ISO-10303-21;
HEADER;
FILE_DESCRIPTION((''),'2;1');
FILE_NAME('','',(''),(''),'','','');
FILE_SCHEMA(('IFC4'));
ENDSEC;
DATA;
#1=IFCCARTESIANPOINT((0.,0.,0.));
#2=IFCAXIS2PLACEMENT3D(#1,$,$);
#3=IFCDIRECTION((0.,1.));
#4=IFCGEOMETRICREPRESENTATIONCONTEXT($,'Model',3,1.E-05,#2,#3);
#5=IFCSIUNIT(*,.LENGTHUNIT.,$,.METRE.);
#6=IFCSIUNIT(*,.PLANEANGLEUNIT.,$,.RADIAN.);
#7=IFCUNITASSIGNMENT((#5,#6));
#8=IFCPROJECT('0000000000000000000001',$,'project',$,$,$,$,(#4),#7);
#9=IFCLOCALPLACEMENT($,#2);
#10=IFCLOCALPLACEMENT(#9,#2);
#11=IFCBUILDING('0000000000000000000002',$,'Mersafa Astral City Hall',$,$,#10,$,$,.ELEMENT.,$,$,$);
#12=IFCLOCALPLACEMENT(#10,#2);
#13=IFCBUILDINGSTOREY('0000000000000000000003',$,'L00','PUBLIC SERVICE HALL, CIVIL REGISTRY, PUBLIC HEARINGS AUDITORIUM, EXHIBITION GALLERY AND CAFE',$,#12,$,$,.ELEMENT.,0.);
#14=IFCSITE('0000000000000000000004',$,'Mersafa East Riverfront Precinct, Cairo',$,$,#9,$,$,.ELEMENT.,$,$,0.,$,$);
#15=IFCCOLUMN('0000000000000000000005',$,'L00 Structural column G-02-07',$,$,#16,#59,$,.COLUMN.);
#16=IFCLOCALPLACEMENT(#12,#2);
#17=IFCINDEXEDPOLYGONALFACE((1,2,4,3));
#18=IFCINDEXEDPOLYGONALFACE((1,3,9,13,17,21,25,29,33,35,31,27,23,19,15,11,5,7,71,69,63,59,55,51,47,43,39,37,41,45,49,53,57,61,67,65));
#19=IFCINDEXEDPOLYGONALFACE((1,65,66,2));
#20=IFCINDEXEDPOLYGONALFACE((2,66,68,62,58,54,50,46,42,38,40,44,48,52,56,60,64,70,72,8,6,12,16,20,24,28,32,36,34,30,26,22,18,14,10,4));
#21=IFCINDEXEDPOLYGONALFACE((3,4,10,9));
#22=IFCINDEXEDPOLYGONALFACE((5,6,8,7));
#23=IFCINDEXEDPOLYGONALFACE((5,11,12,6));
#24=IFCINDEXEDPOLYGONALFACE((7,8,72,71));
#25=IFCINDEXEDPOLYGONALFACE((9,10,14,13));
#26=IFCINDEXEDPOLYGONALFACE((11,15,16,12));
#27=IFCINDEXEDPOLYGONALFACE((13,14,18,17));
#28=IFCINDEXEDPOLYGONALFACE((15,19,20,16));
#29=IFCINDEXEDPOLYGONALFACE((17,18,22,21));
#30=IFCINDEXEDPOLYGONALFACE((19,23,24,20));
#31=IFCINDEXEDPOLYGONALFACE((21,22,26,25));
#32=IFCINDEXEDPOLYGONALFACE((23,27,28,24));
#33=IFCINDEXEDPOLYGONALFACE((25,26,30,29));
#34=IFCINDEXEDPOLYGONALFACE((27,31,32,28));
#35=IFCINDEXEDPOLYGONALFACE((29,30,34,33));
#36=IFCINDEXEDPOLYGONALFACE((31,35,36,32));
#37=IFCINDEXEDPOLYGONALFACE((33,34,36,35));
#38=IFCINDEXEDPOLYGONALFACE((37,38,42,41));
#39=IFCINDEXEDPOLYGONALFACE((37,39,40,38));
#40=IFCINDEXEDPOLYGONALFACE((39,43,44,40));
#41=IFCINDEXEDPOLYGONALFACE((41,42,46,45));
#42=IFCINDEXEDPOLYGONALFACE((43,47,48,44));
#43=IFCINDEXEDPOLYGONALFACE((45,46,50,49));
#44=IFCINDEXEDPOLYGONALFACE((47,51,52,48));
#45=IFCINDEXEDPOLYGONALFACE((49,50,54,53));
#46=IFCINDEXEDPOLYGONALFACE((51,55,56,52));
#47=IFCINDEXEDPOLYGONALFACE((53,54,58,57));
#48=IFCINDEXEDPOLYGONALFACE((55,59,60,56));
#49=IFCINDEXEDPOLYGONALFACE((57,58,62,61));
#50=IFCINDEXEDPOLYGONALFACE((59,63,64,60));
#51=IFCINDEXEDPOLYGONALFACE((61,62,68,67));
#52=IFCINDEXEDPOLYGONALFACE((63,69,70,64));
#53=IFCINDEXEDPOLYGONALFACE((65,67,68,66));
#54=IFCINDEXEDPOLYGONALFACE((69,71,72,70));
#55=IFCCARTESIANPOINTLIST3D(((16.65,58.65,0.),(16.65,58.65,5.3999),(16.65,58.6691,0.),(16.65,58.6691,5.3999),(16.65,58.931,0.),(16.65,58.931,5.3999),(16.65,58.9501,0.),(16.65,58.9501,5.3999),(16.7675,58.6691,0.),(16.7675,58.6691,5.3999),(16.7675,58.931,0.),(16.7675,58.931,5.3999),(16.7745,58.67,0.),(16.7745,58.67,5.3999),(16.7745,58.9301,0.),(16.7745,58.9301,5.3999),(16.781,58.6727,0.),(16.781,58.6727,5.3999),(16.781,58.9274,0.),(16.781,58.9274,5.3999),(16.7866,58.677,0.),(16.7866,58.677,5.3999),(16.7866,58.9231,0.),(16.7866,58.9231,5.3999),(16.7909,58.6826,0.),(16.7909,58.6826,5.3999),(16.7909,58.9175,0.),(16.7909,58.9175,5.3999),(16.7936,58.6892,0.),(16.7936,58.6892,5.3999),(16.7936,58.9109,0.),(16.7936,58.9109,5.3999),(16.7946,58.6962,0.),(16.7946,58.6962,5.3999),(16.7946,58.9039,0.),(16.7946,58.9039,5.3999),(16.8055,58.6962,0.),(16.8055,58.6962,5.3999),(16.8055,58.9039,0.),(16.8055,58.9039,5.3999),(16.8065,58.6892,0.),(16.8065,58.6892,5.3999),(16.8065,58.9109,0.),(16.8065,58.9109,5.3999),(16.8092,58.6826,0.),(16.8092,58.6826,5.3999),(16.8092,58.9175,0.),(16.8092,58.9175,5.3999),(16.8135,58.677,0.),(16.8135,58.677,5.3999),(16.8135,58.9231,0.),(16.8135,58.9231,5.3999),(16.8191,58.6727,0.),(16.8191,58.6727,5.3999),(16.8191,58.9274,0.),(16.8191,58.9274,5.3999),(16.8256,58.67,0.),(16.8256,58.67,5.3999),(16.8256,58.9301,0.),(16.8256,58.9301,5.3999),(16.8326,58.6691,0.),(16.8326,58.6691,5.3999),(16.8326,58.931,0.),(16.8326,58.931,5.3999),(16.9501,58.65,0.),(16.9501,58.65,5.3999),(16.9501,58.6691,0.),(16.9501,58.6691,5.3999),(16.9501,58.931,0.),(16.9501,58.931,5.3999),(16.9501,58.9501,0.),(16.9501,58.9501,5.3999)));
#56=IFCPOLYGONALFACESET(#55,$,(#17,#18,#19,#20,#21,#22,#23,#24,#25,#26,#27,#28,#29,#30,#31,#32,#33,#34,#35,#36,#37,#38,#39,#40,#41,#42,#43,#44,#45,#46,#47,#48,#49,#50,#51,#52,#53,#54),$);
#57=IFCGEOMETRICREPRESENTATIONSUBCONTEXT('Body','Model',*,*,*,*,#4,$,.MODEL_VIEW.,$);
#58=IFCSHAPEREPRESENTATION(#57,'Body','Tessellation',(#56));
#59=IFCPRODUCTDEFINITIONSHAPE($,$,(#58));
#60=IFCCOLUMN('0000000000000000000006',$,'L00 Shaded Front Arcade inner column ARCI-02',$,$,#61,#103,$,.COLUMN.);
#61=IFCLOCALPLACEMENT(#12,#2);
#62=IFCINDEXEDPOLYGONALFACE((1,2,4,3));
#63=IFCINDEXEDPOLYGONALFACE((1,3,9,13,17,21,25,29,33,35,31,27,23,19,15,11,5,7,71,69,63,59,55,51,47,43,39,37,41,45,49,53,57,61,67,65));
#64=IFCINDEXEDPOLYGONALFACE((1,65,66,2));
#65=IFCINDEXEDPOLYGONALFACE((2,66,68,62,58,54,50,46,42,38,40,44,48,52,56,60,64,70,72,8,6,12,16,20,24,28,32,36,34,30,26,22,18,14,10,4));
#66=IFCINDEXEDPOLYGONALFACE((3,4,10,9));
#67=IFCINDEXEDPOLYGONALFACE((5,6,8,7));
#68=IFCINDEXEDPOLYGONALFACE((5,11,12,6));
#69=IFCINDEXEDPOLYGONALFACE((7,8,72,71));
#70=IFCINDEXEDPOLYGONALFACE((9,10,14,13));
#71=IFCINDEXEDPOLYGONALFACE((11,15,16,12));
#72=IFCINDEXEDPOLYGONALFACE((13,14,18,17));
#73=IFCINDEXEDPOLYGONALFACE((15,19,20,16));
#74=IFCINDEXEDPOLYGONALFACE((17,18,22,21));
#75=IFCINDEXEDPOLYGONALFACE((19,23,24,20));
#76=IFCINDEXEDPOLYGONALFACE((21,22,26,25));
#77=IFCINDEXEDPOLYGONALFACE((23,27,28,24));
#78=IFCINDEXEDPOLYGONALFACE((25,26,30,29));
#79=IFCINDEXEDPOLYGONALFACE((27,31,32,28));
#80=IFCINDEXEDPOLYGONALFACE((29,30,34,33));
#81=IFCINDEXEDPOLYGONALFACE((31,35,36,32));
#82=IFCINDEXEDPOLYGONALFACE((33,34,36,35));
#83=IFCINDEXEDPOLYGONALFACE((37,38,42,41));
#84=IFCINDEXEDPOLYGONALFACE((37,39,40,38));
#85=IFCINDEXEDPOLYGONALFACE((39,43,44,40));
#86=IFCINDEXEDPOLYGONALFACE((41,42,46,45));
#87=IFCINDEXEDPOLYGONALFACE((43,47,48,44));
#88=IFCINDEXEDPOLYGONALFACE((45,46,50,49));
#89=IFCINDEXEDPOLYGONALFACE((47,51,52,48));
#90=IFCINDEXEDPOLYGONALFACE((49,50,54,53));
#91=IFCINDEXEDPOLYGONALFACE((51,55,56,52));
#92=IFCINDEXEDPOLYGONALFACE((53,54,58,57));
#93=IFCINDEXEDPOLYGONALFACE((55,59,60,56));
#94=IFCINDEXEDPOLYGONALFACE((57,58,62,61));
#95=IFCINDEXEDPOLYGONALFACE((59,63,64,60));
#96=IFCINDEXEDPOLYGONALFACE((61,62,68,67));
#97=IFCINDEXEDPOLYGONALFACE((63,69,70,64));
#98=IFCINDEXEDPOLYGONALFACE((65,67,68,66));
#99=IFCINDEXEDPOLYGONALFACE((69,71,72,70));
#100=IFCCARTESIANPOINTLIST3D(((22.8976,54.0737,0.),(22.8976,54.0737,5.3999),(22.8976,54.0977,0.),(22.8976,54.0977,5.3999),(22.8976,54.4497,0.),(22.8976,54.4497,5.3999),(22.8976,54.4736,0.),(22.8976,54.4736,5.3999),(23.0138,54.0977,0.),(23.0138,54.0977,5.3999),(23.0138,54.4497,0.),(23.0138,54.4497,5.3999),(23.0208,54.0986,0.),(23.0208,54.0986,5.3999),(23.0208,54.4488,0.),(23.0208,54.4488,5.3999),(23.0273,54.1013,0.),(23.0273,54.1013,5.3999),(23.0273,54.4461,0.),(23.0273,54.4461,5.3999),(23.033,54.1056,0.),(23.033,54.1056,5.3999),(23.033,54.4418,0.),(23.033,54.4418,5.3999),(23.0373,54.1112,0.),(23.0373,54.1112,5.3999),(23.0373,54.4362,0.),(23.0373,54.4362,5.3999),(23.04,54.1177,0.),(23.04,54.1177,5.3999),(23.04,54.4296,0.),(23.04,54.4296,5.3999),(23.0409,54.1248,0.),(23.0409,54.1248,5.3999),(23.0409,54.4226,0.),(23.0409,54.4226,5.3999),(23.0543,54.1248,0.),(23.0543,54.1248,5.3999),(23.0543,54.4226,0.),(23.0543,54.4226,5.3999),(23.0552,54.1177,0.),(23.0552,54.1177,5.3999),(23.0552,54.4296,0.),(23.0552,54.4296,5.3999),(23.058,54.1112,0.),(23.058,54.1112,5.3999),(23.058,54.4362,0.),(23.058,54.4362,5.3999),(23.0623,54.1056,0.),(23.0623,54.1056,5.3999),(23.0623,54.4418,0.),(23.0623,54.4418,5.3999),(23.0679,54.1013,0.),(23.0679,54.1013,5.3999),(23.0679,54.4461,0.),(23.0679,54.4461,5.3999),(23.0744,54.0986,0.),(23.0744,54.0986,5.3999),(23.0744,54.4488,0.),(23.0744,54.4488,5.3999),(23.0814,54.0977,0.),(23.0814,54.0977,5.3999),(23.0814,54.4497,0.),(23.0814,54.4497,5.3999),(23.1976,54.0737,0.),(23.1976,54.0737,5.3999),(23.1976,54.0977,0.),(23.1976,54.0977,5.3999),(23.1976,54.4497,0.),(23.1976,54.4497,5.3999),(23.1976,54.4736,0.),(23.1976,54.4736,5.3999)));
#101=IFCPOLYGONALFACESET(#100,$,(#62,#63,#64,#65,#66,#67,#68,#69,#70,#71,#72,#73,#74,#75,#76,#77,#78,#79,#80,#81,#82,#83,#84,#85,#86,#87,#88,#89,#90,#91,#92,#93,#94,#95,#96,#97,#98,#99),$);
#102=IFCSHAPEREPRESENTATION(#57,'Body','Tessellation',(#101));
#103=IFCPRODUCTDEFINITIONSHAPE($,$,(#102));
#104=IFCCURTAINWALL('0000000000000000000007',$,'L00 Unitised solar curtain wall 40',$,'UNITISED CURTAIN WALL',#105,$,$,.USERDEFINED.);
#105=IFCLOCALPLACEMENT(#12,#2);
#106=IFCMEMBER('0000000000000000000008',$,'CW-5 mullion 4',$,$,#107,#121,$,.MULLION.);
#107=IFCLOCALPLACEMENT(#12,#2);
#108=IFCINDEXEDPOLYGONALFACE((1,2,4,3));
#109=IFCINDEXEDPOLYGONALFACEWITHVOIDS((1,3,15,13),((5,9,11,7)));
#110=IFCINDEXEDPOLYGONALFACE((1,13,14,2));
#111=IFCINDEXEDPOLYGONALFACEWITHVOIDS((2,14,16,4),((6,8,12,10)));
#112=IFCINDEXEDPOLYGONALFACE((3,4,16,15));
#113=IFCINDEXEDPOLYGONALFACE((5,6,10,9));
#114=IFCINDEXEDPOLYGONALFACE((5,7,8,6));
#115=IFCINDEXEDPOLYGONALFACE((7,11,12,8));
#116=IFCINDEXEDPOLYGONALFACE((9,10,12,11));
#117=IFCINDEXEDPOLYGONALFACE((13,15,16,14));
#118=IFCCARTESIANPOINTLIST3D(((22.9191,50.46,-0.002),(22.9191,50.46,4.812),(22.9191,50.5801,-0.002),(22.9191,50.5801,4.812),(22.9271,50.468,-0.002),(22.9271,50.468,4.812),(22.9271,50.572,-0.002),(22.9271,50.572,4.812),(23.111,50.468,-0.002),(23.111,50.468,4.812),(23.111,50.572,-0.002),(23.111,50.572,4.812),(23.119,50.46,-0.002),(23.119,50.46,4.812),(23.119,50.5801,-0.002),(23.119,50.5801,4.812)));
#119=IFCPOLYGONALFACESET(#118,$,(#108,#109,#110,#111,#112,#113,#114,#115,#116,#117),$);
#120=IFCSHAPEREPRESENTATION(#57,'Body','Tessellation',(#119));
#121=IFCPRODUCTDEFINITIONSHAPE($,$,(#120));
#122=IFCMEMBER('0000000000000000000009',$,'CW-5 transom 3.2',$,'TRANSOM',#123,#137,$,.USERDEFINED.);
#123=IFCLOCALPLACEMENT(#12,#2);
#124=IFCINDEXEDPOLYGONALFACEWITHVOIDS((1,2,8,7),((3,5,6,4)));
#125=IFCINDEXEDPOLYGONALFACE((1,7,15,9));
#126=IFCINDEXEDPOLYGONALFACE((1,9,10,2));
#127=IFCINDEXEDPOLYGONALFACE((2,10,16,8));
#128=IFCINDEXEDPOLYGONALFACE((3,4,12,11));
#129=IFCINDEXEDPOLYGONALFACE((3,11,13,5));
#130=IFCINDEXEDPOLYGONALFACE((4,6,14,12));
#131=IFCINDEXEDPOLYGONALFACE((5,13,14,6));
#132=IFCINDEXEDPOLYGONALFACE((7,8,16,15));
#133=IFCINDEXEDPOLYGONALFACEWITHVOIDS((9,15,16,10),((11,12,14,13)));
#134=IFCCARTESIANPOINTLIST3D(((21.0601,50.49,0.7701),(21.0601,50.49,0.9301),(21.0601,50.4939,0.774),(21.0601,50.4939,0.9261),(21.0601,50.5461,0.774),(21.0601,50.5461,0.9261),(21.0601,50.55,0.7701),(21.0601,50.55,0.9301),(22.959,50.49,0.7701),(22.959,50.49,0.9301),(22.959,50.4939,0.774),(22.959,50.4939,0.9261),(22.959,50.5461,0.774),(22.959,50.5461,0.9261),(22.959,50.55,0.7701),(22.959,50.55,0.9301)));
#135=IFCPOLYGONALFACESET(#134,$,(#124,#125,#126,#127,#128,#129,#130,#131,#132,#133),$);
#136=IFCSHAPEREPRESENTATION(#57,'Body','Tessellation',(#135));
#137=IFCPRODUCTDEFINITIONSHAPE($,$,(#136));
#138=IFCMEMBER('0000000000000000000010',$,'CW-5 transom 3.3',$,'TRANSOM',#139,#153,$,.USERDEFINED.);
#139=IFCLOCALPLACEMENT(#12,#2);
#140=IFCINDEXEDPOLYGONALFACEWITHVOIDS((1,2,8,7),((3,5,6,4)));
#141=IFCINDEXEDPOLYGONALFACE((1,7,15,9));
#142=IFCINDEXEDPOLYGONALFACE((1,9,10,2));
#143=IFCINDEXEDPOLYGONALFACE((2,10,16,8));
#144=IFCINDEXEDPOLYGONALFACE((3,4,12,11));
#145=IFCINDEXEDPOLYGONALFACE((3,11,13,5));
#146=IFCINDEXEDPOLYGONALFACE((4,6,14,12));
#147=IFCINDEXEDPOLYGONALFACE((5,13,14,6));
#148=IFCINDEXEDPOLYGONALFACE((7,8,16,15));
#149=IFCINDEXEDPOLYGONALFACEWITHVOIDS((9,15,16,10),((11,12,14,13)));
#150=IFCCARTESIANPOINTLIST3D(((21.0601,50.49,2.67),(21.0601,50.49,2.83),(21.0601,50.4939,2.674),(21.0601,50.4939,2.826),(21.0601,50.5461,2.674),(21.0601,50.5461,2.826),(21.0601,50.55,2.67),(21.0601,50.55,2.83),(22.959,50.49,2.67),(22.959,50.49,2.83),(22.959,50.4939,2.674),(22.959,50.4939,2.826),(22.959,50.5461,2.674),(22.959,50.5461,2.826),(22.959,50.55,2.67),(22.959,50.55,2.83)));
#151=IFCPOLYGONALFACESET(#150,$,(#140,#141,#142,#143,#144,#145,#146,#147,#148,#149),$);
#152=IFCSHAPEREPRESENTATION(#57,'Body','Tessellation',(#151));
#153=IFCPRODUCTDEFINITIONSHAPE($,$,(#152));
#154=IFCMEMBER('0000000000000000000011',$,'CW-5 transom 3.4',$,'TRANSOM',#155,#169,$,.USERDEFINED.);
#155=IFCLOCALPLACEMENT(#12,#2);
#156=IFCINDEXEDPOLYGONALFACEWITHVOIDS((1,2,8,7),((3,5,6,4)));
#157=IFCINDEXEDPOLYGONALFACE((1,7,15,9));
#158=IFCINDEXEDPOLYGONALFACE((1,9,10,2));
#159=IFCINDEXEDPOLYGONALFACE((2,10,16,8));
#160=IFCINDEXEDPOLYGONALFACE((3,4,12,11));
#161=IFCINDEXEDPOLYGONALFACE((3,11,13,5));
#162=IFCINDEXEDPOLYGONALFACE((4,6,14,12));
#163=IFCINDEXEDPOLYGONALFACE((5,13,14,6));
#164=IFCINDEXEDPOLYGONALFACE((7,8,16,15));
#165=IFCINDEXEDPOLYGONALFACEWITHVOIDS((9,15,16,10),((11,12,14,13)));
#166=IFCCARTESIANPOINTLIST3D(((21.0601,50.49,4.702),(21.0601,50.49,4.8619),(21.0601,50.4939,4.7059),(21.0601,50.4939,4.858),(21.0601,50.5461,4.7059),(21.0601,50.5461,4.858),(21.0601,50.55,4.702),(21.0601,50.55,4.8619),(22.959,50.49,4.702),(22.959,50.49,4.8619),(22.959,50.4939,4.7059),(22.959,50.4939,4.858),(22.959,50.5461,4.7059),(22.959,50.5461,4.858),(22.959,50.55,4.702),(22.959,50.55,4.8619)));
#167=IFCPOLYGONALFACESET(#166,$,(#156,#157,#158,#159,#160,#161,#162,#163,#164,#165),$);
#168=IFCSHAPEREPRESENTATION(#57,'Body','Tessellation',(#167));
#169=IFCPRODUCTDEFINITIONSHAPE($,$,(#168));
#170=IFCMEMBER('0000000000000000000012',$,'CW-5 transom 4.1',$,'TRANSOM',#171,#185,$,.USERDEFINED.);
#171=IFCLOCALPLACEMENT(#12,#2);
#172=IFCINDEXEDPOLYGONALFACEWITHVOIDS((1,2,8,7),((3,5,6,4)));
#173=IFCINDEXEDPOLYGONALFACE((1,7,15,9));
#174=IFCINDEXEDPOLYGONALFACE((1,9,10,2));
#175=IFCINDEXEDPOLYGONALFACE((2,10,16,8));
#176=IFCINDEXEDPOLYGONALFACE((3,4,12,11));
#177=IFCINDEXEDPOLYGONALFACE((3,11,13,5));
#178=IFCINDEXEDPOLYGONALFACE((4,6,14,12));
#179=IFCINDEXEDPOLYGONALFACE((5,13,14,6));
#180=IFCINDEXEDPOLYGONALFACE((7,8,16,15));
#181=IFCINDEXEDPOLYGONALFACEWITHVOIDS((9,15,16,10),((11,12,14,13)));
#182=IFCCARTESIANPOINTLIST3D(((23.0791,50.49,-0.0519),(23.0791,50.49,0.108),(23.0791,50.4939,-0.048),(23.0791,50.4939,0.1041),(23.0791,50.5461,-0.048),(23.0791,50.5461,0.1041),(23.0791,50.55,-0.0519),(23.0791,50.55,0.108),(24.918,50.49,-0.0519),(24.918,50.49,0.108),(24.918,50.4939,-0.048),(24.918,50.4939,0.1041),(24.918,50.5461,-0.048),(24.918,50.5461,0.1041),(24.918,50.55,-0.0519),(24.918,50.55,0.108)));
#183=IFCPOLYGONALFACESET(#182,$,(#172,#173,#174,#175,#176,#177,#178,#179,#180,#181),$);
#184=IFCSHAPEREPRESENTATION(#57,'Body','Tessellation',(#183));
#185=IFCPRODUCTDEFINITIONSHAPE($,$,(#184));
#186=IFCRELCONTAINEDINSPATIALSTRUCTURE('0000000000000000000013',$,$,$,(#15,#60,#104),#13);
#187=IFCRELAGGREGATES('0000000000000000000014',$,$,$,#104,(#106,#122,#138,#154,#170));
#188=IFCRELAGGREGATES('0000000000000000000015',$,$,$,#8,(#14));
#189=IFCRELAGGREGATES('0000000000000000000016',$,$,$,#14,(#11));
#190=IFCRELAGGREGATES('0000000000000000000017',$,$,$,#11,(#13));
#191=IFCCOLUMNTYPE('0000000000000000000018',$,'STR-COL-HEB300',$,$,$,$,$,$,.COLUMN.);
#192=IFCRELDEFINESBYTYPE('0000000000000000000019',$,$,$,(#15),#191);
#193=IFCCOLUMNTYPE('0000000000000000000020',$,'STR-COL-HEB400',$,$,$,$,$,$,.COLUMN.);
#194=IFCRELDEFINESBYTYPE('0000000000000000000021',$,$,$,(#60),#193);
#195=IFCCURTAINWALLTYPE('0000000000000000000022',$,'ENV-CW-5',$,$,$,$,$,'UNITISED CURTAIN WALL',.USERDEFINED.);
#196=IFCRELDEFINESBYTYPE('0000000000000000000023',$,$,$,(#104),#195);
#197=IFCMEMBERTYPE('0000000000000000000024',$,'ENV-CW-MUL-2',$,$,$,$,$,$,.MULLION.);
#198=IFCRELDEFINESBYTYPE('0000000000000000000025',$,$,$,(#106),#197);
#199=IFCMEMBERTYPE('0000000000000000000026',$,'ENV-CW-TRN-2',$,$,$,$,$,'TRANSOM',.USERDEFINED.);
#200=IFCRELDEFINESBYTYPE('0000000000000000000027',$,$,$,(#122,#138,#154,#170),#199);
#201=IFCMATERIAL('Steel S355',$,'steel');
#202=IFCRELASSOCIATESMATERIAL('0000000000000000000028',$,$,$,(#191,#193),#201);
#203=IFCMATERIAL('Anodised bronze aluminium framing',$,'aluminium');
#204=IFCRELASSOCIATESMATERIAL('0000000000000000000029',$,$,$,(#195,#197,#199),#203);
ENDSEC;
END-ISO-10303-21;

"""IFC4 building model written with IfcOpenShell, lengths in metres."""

from ifc_helpers import new_model, si_unit, direction, frame, origin, origin_2d, place, context, subcontext, project, spatial, hollow_rectangle, i_section, extrude, material, material_profile, profile_set, type_object, element, aggregate, save


model = new_model("IFC4")

# Units and contexts
model_context = context("Model", 3, precision=1e-05, world=origin(), true_north=direction((0.0, 1.0)))
body_context = subcontext(model_context, "Body", "Model", "MODEL_VIEW")
ifc_project = project(units=[si_unit("LENGTHUNIT", "METRE"), si_unit("PLANEANGLEUNIT", "RADIAN")], contexts=[model_context])

# Site, building, storey
site_placement = place(None, origin())
site = spatial("IfcSite", under=ifc_project, at=site_placement, Name="Mersafa East Riverfront Precinct, Cairo", CompositionType="ELEMENT", RefElevation=0.0)
building_placement = place(site_placement, origin())
building = spatial("IfcBuilding", under=site, at=building_placement, Name="Mersafa Astral City Hall", CompositionType="ELEMENT")
storey_placement = place(building_placement, origin())
storey = spatial("IfcBuildingStorey", under=building, at=storey_placement, Name="L00", Description="PUBLIC SERVICE HALL, CIVIL REGISTRY, PUBLIC HEARINGS AUDITORIUM, EXHIBITION GALLERY AND CAFE", CompositionType="ELEMENT", Elevation=0.0)

# Columns
ifc_material_1 = material(Name="Steel S355", Category="steel")
ifc_material_profile_1 = material_profile(ifc_material_1, i_section(OverallWidth=0.3, OverallDepth=0.3, WebThickness=0.011, FlangeThickness=0.019, FilletRadius=0.0271, at=origin_2d()), Name="HEB 300")
ifc_profile_set_1 = profile_set([ifc_material_profile_1], Name="Steel S355")
column_type_1 = type_object("IfcColumnType", Name="STR-COL-HEB300", PredefinedType="COLUMN", material=ifc_profile_set_1)
column_1_placement = place(storey_placement, frame((16.8, 58.8, 0.0), z_axis=(0.0, 0.0, 1.0), x_axis=(1.0, 0.0, 0.0)))
element("IfcColumn", 1, at=column_1_placement, inside=storey, type_object=column_type_1, Name="L00 Structural column G-02-07", PredefinedType="COLUMN", context=body_context, shape_type="SweptSolid", body=[
    extrude(i_section(OverallWidth=0.3, OverallDepth=0.3, WebThickness=0.011, FlangeThickness=0.019, FilletRadius=0.0271, at=origin_2d()), origin(), (0.0, 0.0, 1.0), 5.3999),
])
ifc_material_profile_2 = material_profile(ifc_material_1, i_section(OverallWidth=0.3, OverallDepth=0.3999, WebThickness=0.0134, FlangeThickness=0.0239, FilletRadius=0.0271, at=origin_2d()), Name="HEB 400")
ifc_profile_set_2 = profile_set([ifc_material_profile_2], Name="Steel S355")
column_type_2 = type_object("IfcColumnType", Name="STR-COL-HEB400", PredefinedType="COLUMN", material=ifc_profile_set_2)
column_2_placement = place(storey_placement, frame((23.0476, 54.2737, 0.0), z_axis=(0.0, 0.0, 1.0), x_axis=(1.0, 0.0, 0.0)))
element("IfcColumn", 2, at=column_2_placement, inside=storey, type_object=column_type_2, Name="L00 Shaded Front Arcade inner column ARCI-02", PredefinedType="COLUMN", context=body_context, shape_type="SweptSolid", body=[
    extrude(i_section(OverallWidth=0.3, OverallDepth=0.3999, WebThickness=0.0134, FlangeThickness=0.0239, FilletRadius=0.0271, at=origin_2d()), origin(), (0.0, 0.0, 1.0), 5.3999),
])

# Curtain wall, members
ifc_material_2 = material(Name="Anodised bronze aluminium framing", Category="aluminium")
curtain_wall_type = type_object("IfcCurtainWallType", Name="ENV-CW-5", ElementType="UNITISED CURTAIN WALL", PredefinedType="USERDEFINED", material=ifc_material_2)
curtain_wall_placement = place(storey_placement, origin())
curtain_wall = element("IfcCurtainWall", 3, at=curtain_wall_placement, inside=storey, type_object=curtain_wall_type, Name="L00 Unitised solar curtain wall 40", ObjectType="UNITISED CURTAIN WALL", PredefinedType="USERDEFINED")
ifc_material_profile_3 = material_profile(ifc_material_2, hollow_rectangle(XDim=0.1201, YDim=0.2, WallThickness=0.0081, at=origin_2d()), Name="RHS 120x200x8")
ifc_profile_set_3 = profile_set([ifc_material_profile_3], Name="Anodised bronze aluminium framing")
member_type_1 = type_object("IfcMemberType", Name="ENV-CW-MUL-2", PredefinedType="MULLION", material=ifc_profile_set_3)
member_1_placement = place(storey_placement, frame((23.019, 50.52, -0.002), z_axis=(0.0, 0.0, 1.0), x_axis=(0.0, 1.0, 0.0)))
member_1 = element("IfcMember", 4, at=member_1_placement, type_object=member_type_1, Name="CW-5 mullion 4", PredefinedType="MULLION", context=body_context, shape_type="SweptSolid", body=[
    extrude(hollow_rectangle(XDim=0.1201, YDim=0.2, WallThickness=0.0081, at=origin_2d()), origin(), (0.0, 0.0, 1.0), 4.814),
])
ifc_material_profile_4 = material_profile(ifc_material_2, hollow_rectangle(XDim=0.0601, YDim=0.1599, WallThickness=0.0039, at=origin_2d()), Name="RHS 60x160x4")
ifc_profile_set_4 = profile_set([ifc_material_profile_4], Name="Anodised bronze aluminium framing")
member_type_2 = type_object("IfcMemberType", Name="ENV-CW-TRN-2", ElementType="TRANSOM", PredefinedType="USERDEFINED", material=ifc_profile_set_4)
member_2_placement = place(storey_placement, frame((21.0601, 50.52, 0.8501), z_axis=(1.0, 0.0, 0.0), x_axis=(0.0, 1.0, 0.0)))
member_2 = element("IfcMember", 5, at=member_2_placement, type_object=member_type_2, Name="CW-5 transom 3.2", ObjectType="TRANSOM", PredefinedType="USERDEFINED", context=body_context, shape_type="SweptSolid", body=[
    extrude(hollow_rectangle(XDim=0.0601, YDim=0.1599, WallThickness=0.0039, at=origin_2d()), origin(), (0.0, 0.0, 1.0), 1.8989),
])
member_3_placement = place(storey_placement, frame((21.0601, 50.52, 2.75), z_axis=(1.0, 0.0, 0.0), x_axis=(0.0, 1.0, 0.0)))
member_3 = element("IfcMember", 6, at=member_3_placement, type_object=member_type_2, Name="CW-5 transom 3.3", ObjectType="TRANSOM", PredefinedType="USERDEFINED", context=body_context, shape_type="SweptSolid", body=[
    extrude(hollow_rectangle(XDim=0.0601, YDim=0.1599, WallThickness=0.0039, at=origin_2d()), origin(), (0.0, 0.0, 1.0), 1.8989),
])
member_4_placement = place(storey_placement, frame((21.0601, 50.52, 4.782), z_axis=(1.0, 0.0, 0.0), x_axis=(0.0, 1.0, 0.0)))
member_4 = element("IfcMember", 7, at=member_4_placement, type_object=member_type_2, Name="CW-5 transom 3.4", ObjectType="TRANSOM", PredefinedType="USERDEFINED", context=body_context, shape_type="SweptSolid", body=[
    extrude(hollow_rectangle(XDim=0.0601, YDim=0.1599, WallThickness=0.0039, at=origin_2d()), origin(), (0.0, 0.0, 1.0), 1.8989),
])
member_5_placement = place(storey_placement, frame((23.0791, 50.52, 0.0281), z_axis=(1.0, 0.0, 0.0), x_axis=(0.0, 1.0, 0.0)))
member_5 = element("IfcMember", 8, at=member_5_placement, type_object=member_type_2, Name="CW-5 transom 4.1", ObjectType="TRANSOM", PredefinedType="USERDEFINED", context=body_context, shape_type="SweptSolid", body=[
    extrude(hollow_rectangle(XDim=0.0601, YDim=0.1599, WallThickness=0.0039, at=origin_2d()), origin(), (0.0, 0.0, 1.0), 1.8389),
])

aggregate(curtain_wall, [member_1, member_2, member_3, member_4, member_5])

save(model, "model.ifc")
